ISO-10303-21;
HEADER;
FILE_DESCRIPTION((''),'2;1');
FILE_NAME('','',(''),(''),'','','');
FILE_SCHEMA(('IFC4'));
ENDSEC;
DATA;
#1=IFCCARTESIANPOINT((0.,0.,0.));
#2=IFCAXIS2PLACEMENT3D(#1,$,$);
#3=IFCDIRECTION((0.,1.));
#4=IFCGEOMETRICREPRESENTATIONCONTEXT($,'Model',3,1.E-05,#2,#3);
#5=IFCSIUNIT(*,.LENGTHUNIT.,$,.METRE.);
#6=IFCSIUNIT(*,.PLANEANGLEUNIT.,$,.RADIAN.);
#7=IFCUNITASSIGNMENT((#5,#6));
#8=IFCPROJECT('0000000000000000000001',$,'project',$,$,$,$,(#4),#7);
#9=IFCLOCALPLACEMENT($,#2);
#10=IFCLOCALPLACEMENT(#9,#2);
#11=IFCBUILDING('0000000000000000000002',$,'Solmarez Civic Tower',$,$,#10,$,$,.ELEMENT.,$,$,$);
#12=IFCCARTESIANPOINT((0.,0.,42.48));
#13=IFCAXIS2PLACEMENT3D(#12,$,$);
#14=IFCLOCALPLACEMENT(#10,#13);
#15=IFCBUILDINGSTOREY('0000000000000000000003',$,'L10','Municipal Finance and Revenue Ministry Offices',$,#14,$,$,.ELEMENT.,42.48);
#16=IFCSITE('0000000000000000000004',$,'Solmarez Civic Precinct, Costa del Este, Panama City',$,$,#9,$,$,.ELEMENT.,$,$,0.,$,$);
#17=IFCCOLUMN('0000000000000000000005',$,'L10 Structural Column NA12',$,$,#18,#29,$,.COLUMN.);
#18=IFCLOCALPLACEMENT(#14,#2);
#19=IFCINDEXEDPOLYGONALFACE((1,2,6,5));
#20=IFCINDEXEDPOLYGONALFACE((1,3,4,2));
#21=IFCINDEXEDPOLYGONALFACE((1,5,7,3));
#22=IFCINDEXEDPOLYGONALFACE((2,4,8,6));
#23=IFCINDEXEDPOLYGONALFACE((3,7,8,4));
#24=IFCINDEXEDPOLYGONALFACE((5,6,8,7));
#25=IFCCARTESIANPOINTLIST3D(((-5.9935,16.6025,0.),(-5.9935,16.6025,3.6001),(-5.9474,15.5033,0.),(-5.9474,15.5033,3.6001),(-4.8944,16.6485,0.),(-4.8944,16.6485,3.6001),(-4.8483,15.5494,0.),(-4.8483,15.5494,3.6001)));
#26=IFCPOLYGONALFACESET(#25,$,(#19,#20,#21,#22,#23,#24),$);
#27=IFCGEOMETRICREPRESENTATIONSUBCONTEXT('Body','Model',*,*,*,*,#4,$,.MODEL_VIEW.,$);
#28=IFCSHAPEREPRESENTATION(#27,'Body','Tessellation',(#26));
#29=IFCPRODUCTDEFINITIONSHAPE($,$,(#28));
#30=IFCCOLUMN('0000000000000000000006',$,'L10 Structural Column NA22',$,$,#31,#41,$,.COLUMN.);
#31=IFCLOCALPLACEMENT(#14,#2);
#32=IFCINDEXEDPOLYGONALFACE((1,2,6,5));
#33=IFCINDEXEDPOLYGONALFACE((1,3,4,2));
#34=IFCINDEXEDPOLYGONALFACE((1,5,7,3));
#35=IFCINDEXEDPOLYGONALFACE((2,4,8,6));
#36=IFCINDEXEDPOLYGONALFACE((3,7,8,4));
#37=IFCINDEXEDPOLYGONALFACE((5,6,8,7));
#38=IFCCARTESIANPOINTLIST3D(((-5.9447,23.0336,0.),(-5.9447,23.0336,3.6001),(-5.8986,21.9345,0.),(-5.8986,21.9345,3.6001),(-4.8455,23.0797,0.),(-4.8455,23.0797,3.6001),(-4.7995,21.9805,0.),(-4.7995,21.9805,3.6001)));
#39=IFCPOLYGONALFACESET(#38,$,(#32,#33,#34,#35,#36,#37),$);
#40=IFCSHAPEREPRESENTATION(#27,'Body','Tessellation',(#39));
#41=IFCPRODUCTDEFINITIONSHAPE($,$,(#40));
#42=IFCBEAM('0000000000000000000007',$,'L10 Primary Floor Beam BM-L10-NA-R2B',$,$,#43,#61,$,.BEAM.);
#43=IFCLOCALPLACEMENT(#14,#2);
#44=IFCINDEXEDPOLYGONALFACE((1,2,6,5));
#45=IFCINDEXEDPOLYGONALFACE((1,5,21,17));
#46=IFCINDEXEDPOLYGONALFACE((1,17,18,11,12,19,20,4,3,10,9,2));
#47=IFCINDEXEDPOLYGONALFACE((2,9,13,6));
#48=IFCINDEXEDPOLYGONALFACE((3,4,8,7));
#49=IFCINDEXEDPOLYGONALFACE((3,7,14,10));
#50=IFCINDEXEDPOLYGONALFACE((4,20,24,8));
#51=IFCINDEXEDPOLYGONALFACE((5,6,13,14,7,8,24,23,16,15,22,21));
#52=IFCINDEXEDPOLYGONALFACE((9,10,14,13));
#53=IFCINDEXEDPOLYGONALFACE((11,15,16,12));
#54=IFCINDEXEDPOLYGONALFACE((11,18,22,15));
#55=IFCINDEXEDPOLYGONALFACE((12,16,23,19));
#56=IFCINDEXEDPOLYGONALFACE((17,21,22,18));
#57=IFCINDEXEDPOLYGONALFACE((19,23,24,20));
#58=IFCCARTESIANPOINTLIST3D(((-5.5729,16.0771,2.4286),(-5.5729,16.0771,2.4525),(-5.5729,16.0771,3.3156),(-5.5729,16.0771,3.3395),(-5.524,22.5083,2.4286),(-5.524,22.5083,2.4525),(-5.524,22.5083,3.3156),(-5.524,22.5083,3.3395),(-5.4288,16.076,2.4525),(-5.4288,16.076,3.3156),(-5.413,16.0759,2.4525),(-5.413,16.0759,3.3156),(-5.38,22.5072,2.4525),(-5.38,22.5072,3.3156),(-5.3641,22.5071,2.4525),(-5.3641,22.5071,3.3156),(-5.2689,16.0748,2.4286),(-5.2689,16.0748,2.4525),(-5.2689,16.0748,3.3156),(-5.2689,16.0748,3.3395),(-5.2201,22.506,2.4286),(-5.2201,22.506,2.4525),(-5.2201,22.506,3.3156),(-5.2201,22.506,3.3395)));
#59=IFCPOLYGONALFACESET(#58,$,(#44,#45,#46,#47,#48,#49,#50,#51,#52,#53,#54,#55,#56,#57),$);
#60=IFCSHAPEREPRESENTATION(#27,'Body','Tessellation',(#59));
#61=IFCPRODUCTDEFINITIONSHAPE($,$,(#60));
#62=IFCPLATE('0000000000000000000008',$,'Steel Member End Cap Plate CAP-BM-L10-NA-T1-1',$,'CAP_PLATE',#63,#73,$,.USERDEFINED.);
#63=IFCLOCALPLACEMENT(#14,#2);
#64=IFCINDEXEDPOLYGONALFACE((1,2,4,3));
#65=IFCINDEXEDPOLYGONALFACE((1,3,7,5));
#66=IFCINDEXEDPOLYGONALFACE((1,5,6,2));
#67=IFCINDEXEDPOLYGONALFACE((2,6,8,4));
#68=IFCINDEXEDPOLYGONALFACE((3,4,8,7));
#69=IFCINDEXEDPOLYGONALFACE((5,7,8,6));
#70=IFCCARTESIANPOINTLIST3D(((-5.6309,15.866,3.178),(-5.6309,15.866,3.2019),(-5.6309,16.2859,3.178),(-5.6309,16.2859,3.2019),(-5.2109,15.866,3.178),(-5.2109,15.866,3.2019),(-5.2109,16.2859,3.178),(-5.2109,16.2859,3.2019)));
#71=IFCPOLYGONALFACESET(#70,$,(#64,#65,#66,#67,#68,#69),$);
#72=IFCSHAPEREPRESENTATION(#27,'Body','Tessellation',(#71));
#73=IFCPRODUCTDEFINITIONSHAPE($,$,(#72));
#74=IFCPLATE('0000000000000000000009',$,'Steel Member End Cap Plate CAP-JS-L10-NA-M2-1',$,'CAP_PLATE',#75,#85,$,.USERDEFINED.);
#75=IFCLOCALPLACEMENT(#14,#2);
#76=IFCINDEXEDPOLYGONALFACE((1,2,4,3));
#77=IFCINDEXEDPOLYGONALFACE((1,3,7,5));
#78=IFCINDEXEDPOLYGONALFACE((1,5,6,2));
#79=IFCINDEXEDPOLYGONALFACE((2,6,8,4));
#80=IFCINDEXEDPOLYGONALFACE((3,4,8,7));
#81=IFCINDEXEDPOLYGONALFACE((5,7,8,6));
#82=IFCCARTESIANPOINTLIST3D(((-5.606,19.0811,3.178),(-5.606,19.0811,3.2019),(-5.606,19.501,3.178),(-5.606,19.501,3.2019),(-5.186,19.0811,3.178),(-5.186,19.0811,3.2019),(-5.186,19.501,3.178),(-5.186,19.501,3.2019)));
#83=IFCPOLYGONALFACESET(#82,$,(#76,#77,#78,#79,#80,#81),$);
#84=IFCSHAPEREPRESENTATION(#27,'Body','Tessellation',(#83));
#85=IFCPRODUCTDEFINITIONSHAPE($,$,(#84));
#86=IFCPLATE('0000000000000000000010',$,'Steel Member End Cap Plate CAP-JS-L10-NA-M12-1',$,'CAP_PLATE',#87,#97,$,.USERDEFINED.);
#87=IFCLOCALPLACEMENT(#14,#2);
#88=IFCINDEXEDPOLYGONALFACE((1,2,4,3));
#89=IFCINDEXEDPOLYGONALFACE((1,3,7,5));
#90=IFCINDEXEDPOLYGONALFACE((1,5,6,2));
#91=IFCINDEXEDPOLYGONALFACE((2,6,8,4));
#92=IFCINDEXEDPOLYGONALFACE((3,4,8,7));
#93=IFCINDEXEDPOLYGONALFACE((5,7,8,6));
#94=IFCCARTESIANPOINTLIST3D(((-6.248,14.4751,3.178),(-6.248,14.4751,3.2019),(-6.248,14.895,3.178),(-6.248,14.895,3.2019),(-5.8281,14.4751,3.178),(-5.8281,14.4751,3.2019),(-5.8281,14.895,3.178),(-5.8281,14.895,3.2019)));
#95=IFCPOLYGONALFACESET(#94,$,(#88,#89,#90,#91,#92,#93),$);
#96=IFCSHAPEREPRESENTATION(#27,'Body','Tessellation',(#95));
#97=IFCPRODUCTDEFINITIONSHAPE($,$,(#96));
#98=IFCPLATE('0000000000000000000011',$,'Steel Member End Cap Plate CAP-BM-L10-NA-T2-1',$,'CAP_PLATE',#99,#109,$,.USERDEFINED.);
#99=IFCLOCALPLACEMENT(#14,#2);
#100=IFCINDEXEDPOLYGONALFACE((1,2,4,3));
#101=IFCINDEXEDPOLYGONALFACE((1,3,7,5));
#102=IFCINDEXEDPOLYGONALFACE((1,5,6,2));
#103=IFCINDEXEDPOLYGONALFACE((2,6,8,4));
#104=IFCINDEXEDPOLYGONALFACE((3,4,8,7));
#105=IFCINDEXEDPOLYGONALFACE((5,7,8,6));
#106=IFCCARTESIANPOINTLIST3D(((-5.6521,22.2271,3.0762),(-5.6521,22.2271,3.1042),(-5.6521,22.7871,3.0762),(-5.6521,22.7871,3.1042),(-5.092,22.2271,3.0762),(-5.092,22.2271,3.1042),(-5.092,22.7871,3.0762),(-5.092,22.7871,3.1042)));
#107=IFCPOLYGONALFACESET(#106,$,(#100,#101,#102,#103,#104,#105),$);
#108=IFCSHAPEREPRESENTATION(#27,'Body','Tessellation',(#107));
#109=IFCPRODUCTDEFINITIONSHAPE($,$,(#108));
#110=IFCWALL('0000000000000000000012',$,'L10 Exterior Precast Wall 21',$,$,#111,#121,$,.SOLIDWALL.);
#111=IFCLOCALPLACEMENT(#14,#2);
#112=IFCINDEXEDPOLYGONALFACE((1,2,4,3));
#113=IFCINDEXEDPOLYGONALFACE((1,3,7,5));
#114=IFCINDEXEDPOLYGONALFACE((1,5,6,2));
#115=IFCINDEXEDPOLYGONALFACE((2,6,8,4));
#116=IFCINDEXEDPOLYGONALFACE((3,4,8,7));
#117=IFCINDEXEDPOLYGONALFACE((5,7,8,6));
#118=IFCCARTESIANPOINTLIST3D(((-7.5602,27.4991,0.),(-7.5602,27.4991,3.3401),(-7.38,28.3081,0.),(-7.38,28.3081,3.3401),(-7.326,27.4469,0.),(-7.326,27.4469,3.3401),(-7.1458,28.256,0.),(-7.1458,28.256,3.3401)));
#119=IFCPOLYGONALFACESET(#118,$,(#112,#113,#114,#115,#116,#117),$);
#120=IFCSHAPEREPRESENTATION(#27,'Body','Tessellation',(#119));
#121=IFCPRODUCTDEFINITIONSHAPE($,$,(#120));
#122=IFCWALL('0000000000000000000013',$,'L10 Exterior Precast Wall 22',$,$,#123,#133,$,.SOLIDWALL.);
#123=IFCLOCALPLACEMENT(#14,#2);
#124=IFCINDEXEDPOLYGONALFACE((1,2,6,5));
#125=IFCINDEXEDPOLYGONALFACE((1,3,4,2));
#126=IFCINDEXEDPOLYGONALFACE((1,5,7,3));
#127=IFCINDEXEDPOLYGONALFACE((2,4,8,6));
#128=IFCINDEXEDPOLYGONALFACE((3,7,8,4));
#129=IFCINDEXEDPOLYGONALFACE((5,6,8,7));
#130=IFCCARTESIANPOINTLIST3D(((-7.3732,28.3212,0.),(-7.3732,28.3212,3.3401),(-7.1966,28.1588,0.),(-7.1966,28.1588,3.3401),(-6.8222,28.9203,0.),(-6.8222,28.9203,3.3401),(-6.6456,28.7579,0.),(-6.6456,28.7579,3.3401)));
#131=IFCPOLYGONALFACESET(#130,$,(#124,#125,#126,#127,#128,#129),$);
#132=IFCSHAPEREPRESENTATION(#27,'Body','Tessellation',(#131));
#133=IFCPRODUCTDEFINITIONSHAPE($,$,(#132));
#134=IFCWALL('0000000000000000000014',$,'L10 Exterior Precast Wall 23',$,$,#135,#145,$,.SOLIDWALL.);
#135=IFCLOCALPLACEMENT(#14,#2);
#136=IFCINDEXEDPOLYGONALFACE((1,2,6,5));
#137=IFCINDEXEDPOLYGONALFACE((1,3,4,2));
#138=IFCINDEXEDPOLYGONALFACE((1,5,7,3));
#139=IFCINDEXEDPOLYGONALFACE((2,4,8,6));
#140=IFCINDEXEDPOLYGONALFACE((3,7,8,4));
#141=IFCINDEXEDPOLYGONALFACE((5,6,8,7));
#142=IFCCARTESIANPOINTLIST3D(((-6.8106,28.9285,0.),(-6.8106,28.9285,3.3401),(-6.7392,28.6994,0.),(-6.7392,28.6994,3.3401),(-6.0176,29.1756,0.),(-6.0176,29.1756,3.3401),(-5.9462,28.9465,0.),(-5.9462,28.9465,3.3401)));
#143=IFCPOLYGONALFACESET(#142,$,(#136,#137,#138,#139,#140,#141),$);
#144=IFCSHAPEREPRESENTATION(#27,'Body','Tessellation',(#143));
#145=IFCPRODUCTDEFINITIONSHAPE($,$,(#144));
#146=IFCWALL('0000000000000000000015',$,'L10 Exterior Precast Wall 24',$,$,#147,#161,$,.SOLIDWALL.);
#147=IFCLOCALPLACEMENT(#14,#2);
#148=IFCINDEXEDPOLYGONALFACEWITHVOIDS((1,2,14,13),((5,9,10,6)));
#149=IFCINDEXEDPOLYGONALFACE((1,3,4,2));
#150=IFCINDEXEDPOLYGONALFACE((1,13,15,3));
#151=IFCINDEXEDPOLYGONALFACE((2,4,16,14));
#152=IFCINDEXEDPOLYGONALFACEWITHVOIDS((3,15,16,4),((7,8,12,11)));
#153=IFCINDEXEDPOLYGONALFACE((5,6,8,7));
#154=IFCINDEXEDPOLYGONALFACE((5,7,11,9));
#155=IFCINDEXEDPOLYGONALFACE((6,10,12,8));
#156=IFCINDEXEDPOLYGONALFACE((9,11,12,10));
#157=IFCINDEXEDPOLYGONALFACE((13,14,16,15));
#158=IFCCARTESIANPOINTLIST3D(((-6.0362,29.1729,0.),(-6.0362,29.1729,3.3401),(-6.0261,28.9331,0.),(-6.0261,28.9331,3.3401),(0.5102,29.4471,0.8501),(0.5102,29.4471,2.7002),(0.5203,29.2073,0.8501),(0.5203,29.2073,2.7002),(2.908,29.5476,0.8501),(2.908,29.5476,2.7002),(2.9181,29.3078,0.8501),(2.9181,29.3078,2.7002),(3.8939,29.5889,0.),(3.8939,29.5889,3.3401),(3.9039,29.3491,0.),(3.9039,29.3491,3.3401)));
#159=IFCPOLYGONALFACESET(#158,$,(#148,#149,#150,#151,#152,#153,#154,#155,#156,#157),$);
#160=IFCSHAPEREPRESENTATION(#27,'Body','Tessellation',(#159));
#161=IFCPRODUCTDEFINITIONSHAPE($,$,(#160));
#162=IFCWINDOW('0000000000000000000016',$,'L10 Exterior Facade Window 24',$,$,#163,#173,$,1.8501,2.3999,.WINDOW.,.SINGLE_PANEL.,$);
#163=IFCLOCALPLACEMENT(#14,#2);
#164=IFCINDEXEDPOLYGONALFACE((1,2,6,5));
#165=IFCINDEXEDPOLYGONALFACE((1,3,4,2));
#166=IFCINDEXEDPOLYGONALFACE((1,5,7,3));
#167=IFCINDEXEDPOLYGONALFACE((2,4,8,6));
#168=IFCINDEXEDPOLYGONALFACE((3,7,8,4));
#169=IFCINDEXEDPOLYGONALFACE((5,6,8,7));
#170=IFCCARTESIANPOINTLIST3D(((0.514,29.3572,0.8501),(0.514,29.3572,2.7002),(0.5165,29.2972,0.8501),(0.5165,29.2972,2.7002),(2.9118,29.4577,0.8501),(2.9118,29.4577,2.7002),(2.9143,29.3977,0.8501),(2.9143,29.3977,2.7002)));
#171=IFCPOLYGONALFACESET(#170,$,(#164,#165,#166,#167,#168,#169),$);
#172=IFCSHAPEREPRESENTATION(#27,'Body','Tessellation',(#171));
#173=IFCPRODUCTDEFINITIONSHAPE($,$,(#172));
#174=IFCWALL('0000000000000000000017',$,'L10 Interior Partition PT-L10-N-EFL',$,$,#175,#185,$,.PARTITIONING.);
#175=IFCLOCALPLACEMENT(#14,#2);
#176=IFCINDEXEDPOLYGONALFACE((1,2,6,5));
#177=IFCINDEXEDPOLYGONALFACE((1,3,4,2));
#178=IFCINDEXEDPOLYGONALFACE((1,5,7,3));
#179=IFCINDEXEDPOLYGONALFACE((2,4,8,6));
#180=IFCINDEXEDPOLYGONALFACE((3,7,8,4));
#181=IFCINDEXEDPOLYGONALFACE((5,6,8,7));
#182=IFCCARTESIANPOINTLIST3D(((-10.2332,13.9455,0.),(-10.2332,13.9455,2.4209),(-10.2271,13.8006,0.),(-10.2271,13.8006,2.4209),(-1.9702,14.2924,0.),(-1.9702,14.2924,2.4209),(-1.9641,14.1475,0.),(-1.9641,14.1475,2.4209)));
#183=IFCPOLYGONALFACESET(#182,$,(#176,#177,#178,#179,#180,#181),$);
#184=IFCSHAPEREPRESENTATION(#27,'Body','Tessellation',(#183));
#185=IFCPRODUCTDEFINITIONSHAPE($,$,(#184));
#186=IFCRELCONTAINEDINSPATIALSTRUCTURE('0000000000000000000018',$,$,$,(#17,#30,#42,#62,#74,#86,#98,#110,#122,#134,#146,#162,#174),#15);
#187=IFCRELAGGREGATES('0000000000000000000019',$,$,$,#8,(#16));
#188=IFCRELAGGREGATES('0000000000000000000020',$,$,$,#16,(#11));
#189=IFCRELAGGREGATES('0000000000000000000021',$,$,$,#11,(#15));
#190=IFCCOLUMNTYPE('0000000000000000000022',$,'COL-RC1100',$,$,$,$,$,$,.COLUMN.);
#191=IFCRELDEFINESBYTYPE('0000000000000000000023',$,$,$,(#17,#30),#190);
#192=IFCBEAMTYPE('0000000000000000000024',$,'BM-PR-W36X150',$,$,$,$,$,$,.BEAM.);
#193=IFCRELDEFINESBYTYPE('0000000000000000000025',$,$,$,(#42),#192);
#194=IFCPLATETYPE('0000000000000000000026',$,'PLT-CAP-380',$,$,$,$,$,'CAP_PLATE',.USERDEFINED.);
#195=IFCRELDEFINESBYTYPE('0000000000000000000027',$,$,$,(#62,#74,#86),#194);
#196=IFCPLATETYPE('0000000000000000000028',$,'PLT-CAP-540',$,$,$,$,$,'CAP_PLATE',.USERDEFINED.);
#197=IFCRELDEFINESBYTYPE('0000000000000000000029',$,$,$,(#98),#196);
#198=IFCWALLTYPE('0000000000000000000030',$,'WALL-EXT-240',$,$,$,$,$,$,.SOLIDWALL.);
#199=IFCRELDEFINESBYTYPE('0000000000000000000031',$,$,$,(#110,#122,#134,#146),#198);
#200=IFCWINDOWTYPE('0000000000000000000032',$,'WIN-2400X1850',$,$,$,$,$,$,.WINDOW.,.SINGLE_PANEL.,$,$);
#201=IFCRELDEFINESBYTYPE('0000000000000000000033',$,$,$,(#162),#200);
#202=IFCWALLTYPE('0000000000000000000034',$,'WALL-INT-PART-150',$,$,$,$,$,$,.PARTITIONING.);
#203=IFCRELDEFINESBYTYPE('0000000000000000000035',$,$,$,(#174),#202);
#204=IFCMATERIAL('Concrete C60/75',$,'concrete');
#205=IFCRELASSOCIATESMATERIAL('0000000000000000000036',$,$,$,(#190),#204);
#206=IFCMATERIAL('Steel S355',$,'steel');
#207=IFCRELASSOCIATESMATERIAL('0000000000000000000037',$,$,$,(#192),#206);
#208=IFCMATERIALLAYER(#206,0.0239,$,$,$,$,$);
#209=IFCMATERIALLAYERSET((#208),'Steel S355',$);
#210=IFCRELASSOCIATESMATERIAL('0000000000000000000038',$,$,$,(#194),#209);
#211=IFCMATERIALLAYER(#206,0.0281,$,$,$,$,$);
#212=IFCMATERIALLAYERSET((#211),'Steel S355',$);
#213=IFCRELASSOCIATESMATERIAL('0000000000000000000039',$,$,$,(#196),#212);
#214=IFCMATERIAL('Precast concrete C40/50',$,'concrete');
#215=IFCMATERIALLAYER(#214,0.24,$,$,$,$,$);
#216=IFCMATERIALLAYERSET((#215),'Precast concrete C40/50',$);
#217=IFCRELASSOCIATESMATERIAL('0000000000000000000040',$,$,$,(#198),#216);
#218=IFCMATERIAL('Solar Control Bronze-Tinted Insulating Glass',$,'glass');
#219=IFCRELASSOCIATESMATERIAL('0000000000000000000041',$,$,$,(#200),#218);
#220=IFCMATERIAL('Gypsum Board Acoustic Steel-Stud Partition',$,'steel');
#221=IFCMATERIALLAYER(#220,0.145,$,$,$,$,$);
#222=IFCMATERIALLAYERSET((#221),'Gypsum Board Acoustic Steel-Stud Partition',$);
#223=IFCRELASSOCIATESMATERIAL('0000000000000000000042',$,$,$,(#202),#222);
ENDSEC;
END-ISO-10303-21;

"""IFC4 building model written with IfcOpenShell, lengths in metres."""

from ifc_helpers import new_model, si_unit, direction, frame, frame_2d, origin, origin_2d, place, context, subcontext, project, spatial, rectangle, i_section, extrude, material, layer, layer_set, material_profile, profile_set, type_object, element, fill, save


model = new_model("IFC4")

# Units and contexts
model_context = context("Model", 3, precision=1e-05, world=origin(), true_north=direction((0.0, 1.0)))
body_context = subcontext(model_context, "Body", "Model", "MODEL_VIEW")
ifc_project = project(units=[si_unit("LENGTHUNIT", "METRE"), si_unit("PLANEANGLEUNIT", "RADIAN")], contexts=[model_context])

# Site, building, storey
site_placement = place(None, origin())
site = spatial("IfcSite", under=ifc_project, at=site_placement, Name="Solmarez Civic Precinct, Costa del Este, Panama City", CompositionType="ELEMENT", RefElevation=0.0)
building_placement = place(site_placement, origin())
building = spatial("IfcBuilding", under=site, at=building_placement, Name="Solmarez Civic Tower", CompositionType="ELEMENT")
storey_placement = place(building_placement, frame((0.0, 0.0, 42.48)))
storey = spatial("IfcBuildingStorey", under=building, at=storey_placement, Name="L10", Description="Municipal Finance and Revenue Ministry Offices", CompositionType="ELEMENT", Elevation=42.48)

# Columns
ifc_material_1 = material(Name="Concrete C60/75", Category="concrete")
ifc_material_profile_1 = material_profile(ifc_material_1, rectangle(XDim=1.1001, YDim=1.1001, at=origin_2d()), Name="RC1100X1100")
ifc_profile_set_1 = profile_set([ifc_material_profile_1], Name="Concrete C60/75")
column_type = type_object("IfcColumnType", Name="COL-RC1100", PredefinedType="COLUMN", material=ifc_profile_set_1)
for number, where, z_axis, x_axis, name in (
    (1, (-5.4209, 16.0759, 0.0), (0.0, 0.0, 1.0), (0.999123, 0.041876, 0.0), "L10 Structural Column NA12"),
    (2, (-5.3721, 22.5071, 0.0), (0.0, 0.0, 1.0), (0.999123, 0.041876, 0.0), "L10 Structural Column NA22"),
):
    element("IfcColumn", number, at=place(storey_placement, frame(where, z_axis=z_axis, x_axis=x_axis)), inside=storey, type_object=column_type, Name=name, PredefinedType="COLUMN", context=body_context, shape_type="SweptSolid", body=[
        extrude(rectangle(XDim=1.1001, YDim=1.1001, at=origin_2d()), origin(), (0.0, 0.0, 1.0), 3.6001),
    ])

# Beam
ifc_material_2 = material(Name="Steel S355", Category="steel")
ifc_material_profile_2 = material_profile(ifc_material_2, i_section(OverallWidth=0.304, OverallDepth=0.9109, WebThickness=0.0159, FlangeThickness=0.0239, at=origin_2d()), Name="W36X150")
ifc_profile_set_2 = profile_set([ifc_material_profile_2], Name="Steel S355")
beam_type = type_object("IfcBeamType", Name="BM-PR-W36X150", PredefinedType="BEAM", material=ifc_profile_set_2)
beam_placement = place(storey_placement, frame((-5.4209, 16.0759, 2.884), z_axis=(0.007592, 0.999971, 0.0), x_axis=(-0.999971, 0.007592, 0.0)))
element("IfcBeam", 3, at=beam_placement, inside=storey, type_object=beam_type, Name="L10 Primary Floor Beam BM-L10-NA-R2B", PredefinedType="BEAM", context=body_context, shape_type="SweptSolid", body=[
    extrude(i_section(OverallWidth=0.304, OverallDepth=0.9109, WebThickness=0.0159, FlangeThickness=0.0239, at=origin_2d()), origin(), (0.0, 0.0, 1.0), 6.4314),
])

# Plates
ifc_layer_1 = layer(ifc_material_2, 0.0239)
ifc_layer_set_1 = layer_set([ifc_layer_1], Name="Steel S355")
plate_type_1 = type_object("IfcPlateType", Name="PLT-CAP-380", ElementType="CAP_PLATE", PredefinedType="USERDEFINED", material=ifc_layer_set_1)
for number, where, z_axis, x_axis, name in (
    (4, (-5.4209, 16.0759, 3.178), (0.0, 0.0, 1.0), (1.0, 0.0, 0.0), "Steel Member End Cap Plate CAP-BM-L10-NA-T1-1"),
    (5, (-5.396, 19.291, 3.178), (0.0, 0.0, 1.0), (1.0, 0.0, 0.0), "Steel Member End Cap Plate CAP-JS-L10-NA-M2-1"),
    (6, (-6.0381, 14.6851, 3.178), (0.0, 0.0, 1.0), (1.0, 0.0, 0.0), "Steel Member End Cap Plate CAP-JS-L10-NA-M12-1"),
):
    element("IfcPlate", number, at=place(storey_placement, frame(where, z_axis=z_axis, x_axis=x_axis)), inside=storey, type_object=plate_type_1, Name=name, ObjectType="CAP_PLATE", PredefinedType="USERDEFINED", context=body_context, shape_type="SweptSolid", body=[
        extrude(rectangle(XDim=0.4199, YDim=0.4199, at=origin_2d()), origin(), (0.0, 0.0, 1.0), 0.0239),
    ])
ifc_layer_2 = layer(ifc_material_2, 0.0281)
ifc_layer_set_2 = layer_set([ifc_layer_2], Name="Steel S355")
plate_type_2 = type_object("IfcPlateType", Name="PLT-CAP-540", ElementType="CAP_PLATE", PredefinedType="USERDEFINED", material=ifc_layer_set_2)
plate_placement = place(storey_placement, frame((-5.3721, 22.5071, 3.0762), z_axis=(0.0, 0.0, 1.0), x_axis=(1.0, 0.0, 0.0)))
element("IfcPlate", 7, at=plate_placement, inside=storey, type_object=plate_type_2, Name="Steel Member End Cap Plate CAP-BM-L10-NA-T2-1", ObjectType="CAP_PLATE", PredefinedType="USERDEFINED", context=body_context, shape_type="SweptSolid", body=[
    extrude(rectangle(XDim=0.5601, YDim=0.5601, at=origin_2d()), origin(), (0.0, 0.0, 1.0), 0.0281),
])

# Walls
ifc_material_3 = material(Name="Precast concrete C40/50", Category="concrete")
ifc_layer_3 = layer(ifc_material_3, 0.24)
ifc_layer_set_3 = layer_set([ifc_layer_3], Name="Precast concrete C40/50")
wall_type_1 = type_object("IfcWallType", Name="WALL-EXT-240", PredefinedType="SOLIDWALL", material=ifc_layer_set_3)
wall_1_placement = place(storey_placement, frame((-7.4431, 27.4729, 0.0), z_axis=(0.0, 0.0, 1.0), x_axis=(0.217367, 0.97609, 0.0)))
element("IfcWall", 8, at=wall_1_placement, inside=storey, type_object=wall_type_1, Name="L10 Exterior Precast Wall 21", PredefinedType="SOLIDWALL", context=body_context, shape_type="SweptSolid", body=[
    extrude(rectangle(XDim=0.8289, YDim=0.24, at=frame_2d((0.4146, 0.0))), origin(), (0.0, 0.0, 1.0), 3.3401),
])
wall_2_placement = place(storey_placement, frame((-7.2849, 28.24, 0.0), z_axis=(0.0, 0.0, 1.0), x_axis=(0.676946, 0.736033, 0.0)))
element("IfcWall", 9, at=wall_2_placement, inside=storey, type_object=wall_type_1, Name="L10 Exterior Precast Wall 22", PredefinedType="SOLIDWALL", context=body_context, shape_type="SweptSolid", body=[
    extrude(rectangle(XDim=0.814, YDim=0.24, at=frame_2d((0.407, 0.0))), origin(), (0.0, 0.0, 1.0), 3.3401),
])
wall_3_placement = place(storey_placement, frame((-6.7749, 28.814, 0.0), z_axis=(0.0, 0.0, 1.0), x_axis=(0.954731, 0.297472, 0.0)))
element("IfcWall", 10, at=wall_3_placement, inside=storey, type_object=wall_type_1, Name="L10 Exterior Precast Wall 23", PredefinedType="SOLIDWALL", context=body_context, shape_type="SweptSolid", body=[
    extrude(rectangle(XDim=0.8306, YDim=0.24, at=frame_2d((0.4153, 0.0))), origin(), (0.0, 0.0, 1.0), 3.3401),
])

# Wall, opening, window
wall_4_placement = place(storey_placement, frame((-6.031, 29.053, 0.0), z_axis=(0.0, 0.0, 1.0), x_axis=(0.999124, 0.041858, 0.0)))
wall_4 = element("IfcWall", 11, at=wall_4_placement, inside=storey, type_object=wall_type_1, Name="L10 Exterior Precast Wall 24", PredefinedType="SOLIDWALL", context=body_context, shape_type="SweptSolid", body=[
    extrude(rectangle(XDim=9.9387, YDim=0.24, at=frame_2d((4.9692, 0.0))), origin(), (0.0, 0.0, 1.0), 3.3401),
])
opening_1_placement = place(wall_4_placement, frame((6.552, 0.0, 0.8501)))
opening_1 = element("IfcOpeningElement", 12, at=opening_1_placement, cuts=wall_4, PredefinedType="OPENING", context=body_context, shape_type="SweptSolid", body=[
    extrude(rectangle(XDim=2.3999, YDim=1.8501, at=frame_2d((1.2, 0.925))), frame((0.0, 0.1299, 0.0), z_axis=(0.0, -1.0, 0.0), x_axis=(1.0, 0.0, 0.0)), (0.0, 0.0, 1.0), 0.26),
])
ifc_material_4 = material(Name="Solar Control Bronze-Tinted Insulating Glass", Category="glass")
window_type = type_object("IfcWindowType", Name="WIN-2400X1850", PartitioningType="SINGLE_PANEL", PredefinedType="WINDOW", material=ifc_material_4)
window_placement = place(opening_1_placement, origin())
window = element("IfcWindow", 13, at=window_placement, inside=storey, type_object=window_type, Name="L10 Exterior Facade Window 24", OverallHeight=1.8501, OverallWidth=2.3999, PartitioningType="SINGLE_PANEL", PredefinedType="WINDOW", context=body_context, shape_type="SweptSolid", body=[
    extrude(rectangle(XDim=2.3999, YDim=1.8501, at=frame_2d((1.2, 0.925))), frame((0.0, 0.03, 0.0), z_axis=(0.0, -1.0, 0.0), x_axis=(1.0, 0.0, 0.0)), (0.0, 0.0, 1.0), 0.0601),
])
fill(opening_1, window)

# Wall
ifc_material_5 = material(Name="Gypsum Board Acoustic Steel-Stud Partition", Category="steel")
ifc_layer_4 = layer(ifc_material_5, 0.145)
ifc_layer_set_4 = layer_set([ifc_layer_4], Name="Gypsum Board Acoustic Steel-Stud Partition")
wall_type_2 = type_object("IfcWallType", Name="WALL-INT-PART-150", PredefinedType="PARTITIONING", material=ifc_layer_set_4)
wall_5_placement = place(storey_placement, frame((-1.967, 14.22, 0.0), z_axis=(0.0, 0.0, 1.0), x_axis=(-0.99912, -0.041949, 0.0)))
element("IfcWall", 14, at=wall_5_placement, inside=storey, type_object=wall_type_2, Name="L10 Interior Partition PT-L10-N-EFL", PredefinedType="PARTITIONING", context=body_context, shape_type="SweptSolid", body=[
    extrude(rectangle(XDim=8.2703, YDim=0.145, at=frame_2d((4.1353, 0.0))), origin(), (0.0, 0.0, 1.0), 2.4209),
])

save(model, "model.ifc")
